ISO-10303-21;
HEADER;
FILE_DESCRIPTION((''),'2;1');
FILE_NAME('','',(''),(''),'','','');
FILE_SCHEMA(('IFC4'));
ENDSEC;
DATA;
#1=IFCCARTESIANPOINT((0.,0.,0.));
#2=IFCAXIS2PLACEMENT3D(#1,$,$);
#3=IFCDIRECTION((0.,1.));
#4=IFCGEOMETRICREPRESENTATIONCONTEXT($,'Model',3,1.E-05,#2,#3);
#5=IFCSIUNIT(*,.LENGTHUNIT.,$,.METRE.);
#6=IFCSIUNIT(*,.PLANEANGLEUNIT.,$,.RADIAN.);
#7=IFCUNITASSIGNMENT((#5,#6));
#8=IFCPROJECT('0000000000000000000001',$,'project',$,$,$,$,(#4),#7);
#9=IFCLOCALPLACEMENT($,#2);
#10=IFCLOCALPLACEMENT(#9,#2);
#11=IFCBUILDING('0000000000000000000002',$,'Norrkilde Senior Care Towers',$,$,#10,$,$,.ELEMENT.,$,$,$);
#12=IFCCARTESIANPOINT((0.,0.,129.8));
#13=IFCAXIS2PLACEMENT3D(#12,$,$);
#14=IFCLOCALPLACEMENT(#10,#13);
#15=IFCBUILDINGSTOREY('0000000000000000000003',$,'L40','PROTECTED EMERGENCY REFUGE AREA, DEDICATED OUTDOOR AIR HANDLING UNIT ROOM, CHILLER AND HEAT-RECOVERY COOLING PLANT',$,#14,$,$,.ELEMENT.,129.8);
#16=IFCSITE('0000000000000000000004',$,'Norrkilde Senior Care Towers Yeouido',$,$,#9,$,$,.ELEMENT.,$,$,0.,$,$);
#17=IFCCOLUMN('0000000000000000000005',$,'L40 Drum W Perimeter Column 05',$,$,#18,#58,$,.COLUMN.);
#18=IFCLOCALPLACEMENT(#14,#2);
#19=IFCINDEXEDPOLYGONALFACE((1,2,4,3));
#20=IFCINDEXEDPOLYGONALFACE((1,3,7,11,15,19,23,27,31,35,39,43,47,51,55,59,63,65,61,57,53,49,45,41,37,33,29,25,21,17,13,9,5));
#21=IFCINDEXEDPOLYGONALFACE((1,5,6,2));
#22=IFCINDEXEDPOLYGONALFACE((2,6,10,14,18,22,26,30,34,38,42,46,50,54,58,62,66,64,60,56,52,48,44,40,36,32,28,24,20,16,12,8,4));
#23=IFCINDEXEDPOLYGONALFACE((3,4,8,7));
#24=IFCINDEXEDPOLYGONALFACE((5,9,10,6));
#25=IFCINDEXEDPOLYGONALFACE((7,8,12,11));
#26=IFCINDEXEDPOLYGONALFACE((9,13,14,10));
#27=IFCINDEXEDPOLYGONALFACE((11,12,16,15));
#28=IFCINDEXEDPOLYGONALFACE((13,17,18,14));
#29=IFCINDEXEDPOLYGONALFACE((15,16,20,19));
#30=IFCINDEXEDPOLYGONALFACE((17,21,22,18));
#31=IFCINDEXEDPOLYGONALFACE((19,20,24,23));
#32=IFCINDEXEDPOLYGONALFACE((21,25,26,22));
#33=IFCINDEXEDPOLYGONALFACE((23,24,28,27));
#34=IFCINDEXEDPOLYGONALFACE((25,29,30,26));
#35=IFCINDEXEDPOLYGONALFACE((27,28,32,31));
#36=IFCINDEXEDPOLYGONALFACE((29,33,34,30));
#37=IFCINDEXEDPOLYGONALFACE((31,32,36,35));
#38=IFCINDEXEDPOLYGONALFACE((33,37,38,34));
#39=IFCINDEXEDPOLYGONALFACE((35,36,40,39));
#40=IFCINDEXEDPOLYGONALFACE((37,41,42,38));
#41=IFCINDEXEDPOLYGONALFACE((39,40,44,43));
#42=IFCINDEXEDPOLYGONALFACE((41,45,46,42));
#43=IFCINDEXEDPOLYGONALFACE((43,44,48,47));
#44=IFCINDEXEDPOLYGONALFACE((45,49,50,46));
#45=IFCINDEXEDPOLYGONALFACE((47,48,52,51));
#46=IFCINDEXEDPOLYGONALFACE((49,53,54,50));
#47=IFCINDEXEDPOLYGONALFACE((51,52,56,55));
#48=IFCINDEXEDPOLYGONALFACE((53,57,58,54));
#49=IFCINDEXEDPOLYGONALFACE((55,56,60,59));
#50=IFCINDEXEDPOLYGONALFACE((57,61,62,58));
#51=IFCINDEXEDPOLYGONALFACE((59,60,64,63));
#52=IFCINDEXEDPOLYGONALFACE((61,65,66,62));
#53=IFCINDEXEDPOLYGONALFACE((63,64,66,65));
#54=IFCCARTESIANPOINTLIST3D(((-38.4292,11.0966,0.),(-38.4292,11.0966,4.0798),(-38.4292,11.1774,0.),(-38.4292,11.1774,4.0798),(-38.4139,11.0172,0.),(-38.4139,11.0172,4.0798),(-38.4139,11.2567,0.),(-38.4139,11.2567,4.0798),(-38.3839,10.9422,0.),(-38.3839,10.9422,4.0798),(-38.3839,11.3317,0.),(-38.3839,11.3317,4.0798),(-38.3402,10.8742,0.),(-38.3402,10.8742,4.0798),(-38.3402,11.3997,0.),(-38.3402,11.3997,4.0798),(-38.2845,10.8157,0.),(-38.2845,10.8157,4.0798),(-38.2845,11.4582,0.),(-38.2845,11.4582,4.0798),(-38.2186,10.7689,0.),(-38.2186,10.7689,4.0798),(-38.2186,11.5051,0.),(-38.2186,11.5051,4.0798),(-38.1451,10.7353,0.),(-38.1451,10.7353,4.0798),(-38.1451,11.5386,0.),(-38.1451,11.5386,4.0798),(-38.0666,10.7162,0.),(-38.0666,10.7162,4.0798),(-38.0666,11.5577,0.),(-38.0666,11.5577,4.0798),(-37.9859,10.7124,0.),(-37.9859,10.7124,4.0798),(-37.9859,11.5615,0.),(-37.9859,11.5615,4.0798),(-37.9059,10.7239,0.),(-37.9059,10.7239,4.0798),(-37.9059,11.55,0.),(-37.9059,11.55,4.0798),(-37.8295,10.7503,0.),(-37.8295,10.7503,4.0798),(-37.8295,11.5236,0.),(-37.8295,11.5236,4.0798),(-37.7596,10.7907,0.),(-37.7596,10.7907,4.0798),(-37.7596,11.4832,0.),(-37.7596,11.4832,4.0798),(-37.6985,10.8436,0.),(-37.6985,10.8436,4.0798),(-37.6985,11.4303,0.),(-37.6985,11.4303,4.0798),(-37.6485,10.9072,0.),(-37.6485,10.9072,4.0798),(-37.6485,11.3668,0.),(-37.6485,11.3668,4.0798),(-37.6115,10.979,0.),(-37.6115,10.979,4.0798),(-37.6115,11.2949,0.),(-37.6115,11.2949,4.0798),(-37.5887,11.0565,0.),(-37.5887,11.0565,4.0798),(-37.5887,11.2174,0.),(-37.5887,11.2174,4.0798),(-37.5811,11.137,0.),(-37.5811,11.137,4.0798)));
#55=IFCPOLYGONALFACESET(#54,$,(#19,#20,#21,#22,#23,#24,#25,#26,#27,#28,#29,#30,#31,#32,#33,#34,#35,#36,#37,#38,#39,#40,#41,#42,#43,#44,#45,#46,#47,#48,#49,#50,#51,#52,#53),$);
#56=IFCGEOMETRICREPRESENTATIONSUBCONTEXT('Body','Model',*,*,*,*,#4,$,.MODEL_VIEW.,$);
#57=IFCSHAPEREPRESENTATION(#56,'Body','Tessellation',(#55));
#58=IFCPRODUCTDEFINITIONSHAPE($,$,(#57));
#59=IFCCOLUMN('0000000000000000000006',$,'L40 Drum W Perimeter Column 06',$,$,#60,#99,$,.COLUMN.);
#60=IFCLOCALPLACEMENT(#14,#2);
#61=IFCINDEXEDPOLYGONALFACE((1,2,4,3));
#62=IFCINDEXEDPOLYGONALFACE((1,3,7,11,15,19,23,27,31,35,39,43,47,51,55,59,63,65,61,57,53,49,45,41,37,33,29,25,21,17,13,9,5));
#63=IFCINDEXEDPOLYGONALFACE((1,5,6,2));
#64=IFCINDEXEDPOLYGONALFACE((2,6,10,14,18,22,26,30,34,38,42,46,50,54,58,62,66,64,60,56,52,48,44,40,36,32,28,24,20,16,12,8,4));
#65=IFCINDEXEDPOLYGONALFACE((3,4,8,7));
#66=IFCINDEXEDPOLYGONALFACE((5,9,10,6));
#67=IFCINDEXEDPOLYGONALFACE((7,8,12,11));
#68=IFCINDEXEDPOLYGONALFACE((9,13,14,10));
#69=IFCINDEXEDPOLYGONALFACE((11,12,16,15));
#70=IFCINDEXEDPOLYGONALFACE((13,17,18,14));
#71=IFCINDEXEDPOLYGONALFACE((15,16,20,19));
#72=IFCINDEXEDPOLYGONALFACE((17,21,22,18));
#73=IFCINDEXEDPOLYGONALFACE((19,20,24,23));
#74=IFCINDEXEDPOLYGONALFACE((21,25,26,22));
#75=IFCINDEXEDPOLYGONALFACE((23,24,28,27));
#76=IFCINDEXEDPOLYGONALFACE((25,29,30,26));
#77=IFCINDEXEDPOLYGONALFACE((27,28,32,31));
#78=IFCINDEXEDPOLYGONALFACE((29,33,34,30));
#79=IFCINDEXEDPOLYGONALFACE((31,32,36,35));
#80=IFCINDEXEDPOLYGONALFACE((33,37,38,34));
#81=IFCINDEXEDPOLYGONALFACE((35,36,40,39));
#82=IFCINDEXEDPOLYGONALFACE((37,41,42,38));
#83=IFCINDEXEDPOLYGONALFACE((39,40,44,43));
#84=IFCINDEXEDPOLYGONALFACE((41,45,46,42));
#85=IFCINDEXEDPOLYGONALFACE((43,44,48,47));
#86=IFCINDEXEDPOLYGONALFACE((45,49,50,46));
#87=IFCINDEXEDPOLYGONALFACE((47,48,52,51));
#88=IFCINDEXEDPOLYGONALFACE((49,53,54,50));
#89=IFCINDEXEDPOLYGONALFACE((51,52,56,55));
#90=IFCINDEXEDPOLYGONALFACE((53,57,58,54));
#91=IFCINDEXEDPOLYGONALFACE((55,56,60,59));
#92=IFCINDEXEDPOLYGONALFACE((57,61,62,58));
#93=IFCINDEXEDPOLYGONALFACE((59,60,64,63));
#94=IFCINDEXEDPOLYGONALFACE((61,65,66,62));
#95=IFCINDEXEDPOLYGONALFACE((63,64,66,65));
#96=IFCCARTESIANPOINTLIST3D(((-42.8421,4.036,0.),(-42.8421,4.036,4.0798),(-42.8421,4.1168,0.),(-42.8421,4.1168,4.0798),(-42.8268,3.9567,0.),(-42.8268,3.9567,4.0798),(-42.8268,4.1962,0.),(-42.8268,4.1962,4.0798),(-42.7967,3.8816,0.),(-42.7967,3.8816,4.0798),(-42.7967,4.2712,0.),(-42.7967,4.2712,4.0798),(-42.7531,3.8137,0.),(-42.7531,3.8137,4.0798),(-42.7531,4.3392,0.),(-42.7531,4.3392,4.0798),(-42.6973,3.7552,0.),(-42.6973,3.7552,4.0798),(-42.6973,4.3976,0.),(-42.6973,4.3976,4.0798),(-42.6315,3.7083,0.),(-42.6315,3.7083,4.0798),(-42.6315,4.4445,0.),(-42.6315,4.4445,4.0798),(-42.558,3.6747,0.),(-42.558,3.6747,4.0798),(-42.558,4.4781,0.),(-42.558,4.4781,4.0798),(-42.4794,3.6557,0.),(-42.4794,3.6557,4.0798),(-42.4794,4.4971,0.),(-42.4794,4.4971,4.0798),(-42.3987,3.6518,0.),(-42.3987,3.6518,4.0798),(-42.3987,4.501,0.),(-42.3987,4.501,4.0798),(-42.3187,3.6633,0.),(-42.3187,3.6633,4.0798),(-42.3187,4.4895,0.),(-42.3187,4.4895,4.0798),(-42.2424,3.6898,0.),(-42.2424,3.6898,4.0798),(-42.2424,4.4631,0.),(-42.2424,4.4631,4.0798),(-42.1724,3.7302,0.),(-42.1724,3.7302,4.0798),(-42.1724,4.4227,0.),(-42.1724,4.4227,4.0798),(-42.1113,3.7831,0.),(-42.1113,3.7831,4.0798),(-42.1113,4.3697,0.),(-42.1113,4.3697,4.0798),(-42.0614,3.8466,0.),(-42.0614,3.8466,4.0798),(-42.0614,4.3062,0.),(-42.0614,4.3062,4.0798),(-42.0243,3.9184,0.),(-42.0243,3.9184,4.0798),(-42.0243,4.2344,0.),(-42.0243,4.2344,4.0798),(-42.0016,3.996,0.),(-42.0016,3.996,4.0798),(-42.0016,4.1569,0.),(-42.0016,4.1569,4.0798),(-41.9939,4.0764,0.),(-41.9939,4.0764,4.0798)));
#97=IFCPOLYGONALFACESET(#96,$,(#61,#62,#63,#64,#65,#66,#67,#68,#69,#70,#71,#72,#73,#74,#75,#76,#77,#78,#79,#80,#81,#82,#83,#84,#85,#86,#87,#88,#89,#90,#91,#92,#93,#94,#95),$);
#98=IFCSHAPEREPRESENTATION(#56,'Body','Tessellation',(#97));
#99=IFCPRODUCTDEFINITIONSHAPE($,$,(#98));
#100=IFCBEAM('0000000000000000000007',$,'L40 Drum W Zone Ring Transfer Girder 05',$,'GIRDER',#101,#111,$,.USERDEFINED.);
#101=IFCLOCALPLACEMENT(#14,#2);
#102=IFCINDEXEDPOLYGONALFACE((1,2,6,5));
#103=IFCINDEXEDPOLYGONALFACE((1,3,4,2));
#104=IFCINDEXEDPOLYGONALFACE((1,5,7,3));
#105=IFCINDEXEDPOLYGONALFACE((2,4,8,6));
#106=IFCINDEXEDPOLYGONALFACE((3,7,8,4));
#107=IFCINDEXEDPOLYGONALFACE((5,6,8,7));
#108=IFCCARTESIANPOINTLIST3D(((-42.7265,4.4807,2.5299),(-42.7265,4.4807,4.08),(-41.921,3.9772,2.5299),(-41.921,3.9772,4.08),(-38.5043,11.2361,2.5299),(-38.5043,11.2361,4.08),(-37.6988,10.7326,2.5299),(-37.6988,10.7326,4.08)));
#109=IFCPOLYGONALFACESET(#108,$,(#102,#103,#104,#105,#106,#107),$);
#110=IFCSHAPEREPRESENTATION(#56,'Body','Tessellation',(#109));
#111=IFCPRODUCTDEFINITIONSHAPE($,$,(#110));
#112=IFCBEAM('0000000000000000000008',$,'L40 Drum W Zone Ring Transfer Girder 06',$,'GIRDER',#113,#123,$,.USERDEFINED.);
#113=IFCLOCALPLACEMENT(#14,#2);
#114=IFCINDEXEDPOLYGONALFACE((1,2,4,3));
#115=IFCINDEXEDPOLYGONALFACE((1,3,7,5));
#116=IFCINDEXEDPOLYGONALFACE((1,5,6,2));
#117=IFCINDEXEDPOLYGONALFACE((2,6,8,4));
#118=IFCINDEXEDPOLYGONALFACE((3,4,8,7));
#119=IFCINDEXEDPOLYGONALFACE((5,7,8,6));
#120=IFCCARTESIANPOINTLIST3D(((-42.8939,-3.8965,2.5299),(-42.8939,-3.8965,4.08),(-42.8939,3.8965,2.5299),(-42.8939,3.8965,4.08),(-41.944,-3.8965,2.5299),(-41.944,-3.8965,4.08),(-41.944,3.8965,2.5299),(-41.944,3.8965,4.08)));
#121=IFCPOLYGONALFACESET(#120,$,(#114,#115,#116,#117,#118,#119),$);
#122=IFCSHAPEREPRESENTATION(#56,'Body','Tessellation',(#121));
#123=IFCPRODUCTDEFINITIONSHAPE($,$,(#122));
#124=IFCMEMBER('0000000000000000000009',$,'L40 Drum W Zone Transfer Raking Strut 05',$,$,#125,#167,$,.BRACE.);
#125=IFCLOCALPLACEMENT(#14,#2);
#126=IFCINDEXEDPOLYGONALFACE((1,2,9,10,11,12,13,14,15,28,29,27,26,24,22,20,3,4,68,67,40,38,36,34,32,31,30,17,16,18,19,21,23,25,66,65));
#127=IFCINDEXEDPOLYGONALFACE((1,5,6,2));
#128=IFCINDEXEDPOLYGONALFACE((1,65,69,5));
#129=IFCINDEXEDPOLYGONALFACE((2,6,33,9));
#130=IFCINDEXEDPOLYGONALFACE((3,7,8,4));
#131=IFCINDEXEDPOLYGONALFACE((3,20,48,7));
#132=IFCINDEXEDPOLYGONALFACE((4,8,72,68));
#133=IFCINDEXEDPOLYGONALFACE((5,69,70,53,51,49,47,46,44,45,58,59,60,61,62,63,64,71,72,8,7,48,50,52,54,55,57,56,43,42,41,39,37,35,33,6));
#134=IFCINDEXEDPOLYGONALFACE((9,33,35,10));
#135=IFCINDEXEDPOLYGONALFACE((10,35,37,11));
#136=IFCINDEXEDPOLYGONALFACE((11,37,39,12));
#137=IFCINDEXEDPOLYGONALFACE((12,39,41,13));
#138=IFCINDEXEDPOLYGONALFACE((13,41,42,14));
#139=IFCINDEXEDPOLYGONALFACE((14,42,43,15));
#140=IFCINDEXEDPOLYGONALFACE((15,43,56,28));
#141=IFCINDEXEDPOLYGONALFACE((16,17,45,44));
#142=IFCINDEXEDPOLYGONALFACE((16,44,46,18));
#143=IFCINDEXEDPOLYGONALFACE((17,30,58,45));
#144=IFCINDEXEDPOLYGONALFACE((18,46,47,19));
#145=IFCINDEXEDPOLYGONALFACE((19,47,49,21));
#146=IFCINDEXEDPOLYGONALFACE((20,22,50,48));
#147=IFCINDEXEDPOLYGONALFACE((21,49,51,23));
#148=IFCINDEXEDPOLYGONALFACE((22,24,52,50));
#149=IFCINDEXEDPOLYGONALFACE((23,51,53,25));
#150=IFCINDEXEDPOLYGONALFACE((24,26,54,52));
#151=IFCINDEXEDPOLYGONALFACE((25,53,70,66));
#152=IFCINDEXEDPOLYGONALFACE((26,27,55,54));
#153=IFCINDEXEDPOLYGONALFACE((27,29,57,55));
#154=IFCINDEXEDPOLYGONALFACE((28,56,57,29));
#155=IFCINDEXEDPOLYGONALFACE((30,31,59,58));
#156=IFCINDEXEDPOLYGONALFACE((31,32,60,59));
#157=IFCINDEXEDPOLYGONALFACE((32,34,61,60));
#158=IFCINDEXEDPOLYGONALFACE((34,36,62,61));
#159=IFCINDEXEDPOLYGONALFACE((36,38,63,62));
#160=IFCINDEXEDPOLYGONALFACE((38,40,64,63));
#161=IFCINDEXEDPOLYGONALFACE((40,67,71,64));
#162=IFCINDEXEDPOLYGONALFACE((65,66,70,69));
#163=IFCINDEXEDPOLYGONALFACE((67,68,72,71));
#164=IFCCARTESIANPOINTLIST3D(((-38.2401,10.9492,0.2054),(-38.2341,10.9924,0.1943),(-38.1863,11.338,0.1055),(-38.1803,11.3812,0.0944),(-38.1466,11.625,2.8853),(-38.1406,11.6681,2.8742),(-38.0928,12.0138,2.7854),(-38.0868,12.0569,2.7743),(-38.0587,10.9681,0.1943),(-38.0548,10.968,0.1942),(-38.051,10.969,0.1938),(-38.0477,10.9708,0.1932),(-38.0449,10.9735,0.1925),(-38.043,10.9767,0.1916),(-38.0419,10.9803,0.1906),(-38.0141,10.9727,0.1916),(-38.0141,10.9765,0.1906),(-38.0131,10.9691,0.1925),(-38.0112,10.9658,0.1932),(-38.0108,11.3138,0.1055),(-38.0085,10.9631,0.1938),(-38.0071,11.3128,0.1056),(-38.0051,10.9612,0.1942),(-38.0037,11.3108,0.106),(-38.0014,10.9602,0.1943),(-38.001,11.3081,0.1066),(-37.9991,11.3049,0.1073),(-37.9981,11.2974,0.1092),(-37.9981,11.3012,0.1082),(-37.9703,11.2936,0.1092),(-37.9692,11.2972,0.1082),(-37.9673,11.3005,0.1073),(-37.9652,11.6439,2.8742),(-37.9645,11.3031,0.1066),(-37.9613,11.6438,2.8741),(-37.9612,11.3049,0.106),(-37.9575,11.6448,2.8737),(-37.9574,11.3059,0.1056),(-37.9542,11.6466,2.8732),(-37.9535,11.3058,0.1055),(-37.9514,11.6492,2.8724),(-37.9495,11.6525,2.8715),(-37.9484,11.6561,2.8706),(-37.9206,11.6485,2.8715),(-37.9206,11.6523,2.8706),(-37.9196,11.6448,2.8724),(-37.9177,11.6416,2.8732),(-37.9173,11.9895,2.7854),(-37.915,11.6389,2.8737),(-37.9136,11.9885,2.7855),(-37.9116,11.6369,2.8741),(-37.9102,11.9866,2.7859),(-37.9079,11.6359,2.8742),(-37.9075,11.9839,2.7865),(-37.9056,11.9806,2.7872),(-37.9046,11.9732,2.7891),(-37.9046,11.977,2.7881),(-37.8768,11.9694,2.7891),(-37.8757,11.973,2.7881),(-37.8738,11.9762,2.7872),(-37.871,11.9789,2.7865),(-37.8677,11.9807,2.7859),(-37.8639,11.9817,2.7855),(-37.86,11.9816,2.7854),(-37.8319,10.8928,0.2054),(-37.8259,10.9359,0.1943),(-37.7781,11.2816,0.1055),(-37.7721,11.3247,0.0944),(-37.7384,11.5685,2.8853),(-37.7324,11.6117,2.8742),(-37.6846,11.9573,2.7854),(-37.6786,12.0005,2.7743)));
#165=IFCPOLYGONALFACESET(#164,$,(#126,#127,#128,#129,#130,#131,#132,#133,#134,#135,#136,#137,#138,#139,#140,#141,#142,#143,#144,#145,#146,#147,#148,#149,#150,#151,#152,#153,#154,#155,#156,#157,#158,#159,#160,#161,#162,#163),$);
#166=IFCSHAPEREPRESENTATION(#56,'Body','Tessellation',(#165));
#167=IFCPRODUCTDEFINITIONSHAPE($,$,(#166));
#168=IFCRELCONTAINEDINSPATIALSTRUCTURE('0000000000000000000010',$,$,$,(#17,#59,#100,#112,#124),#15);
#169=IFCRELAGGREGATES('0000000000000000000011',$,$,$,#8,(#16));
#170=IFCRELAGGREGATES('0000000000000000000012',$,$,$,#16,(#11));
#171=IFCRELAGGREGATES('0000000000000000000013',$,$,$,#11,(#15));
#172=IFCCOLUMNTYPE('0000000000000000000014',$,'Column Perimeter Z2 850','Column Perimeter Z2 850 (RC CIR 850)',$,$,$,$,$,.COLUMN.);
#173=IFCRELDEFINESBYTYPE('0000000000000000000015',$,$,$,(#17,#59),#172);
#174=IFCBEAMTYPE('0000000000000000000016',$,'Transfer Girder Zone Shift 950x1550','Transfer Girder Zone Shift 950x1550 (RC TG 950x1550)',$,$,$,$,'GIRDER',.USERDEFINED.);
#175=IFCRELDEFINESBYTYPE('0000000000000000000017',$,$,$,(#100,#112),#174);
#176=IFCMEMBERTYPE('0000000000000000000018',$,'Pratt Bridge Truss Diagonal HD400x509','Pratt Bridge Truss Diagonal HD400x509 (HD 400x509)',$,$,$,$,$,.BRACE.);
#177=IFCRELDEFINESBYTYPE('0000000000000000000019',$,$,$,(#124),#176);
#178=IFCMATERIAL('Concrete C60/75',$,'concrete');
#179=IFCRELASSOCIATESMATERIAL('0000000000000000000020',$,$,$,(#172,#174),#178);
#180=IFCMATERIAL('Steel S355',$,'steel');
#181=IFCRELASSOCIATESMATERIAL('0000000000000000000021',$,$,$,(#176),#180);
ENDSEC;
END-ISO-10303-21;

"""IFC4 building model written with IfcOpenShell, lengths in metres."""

from ifc_helpers import new_model, si_unit, direction, frame, origin, origin_2d, place, context, subcontext, project, spatial, rectangle, circle, i_section, extrude, source, transform, mapped, material, material_profile, profile_set, type_object, type_shapes, element, save


model = new_model("IFC4")

# Units and contexts
model_context = context("Model", 3, precision=1e-05, world=origin(), true_north=direction((0.0, 1.0)))
body_context = subcontext(model_context, "Body", "Model", "MODEL_VIEW")
ifc_project = project(units=[si_unit("LENGTHUNIT", "METRE"), si_unit("PLANEANGLEUNIT", "RADIAN")], contexts=[model_context])

# Site, building, storey
site_placement = place(None, origin())
site = spatial("IfcSite", under=ifc_project, at=site_placement, Name="Norrkilde Senior Care Towers Yeouido", CompositionType="ELEMENT", RefElevation=0.0)
building_placement = place(site_placement, origin())
building = spatial("IfcBuilding", under=site, at=building_placement, Name="Norrkilde Senior Care Towers", CompositionType="ELEMENT")
storey_placement = place(building_placement, frame((0.0, 0.0, 129.8)))
storey = spatial("IfcBuildingStorey", under=building, at=storey_placement, Name="L40", Description="PROTECTED EMERGENCY REFUGE AREA, DEDICATED OUTDOOR AIR HANDLING UNIT ROOM, CHILLER AND HEAT-RECOVERY COOLING PLANT", CompositionType="ELEMENT", Elevation=129.8)

# Columns
ifc_material_1 = material(Name="Concrete C60/75", Category="concrete")
ifc_material_profile_1 = material_profile(ifc_material_1, circle(Radius=0.425, at=origin_2d()), Name="RC CIR 850")
ifc_profile_set_1 = profile_set([ifc_material_profile_1], Name="Concrete C60/75")
column_type = type_object("IfcColumnType", Name="Column Perimeter Z2 850", Description="Column Perimeter Z2 850 (RC CIR 850)", PredefinedType="COLUMN", material=ifc_profile_set_1)
shared_shape_1 = source(origin(), body_context, "Body", "SweptSolid", [
    extrude(circle(Radius=0.425, at=origin_2d()), origin(), (0.0, 0.0, 1.0), 4.0798),
])
type_shapes(column_type, [shared_shape_1])
for number, where, z_axis, x_axis, name in (
    (1, (-38.0061, 11.137, 0.0), (0.0, 0.0, 1.0), (1.0, 0.0, 0.0), "L40 Drum W Perimeter Column 05"),
    (2, (-42.4189, 4.0764, 0.0), (0.0, 0.0, 1.0), (1.0, 0.0, 0.0), "L40 Drum W Perimeter Column 06"),
):
    element("IfcColumn", number, at=place(storey_placement, frame(where, z_axis=z_axis, x_axis=x_axis)), inside=storey, type_object=column_type, Name=name, PredefinedType="COLUMN", context=body_context, shape_type="MappedRepresentation", body=[
        mapped(shared_shape_1, transform((0.0, 0.0, 0.0), x_axis=(1.0, 0.0, 0.0), y_axis=(0.0, 1.0, 0.0), z_axis=(0.0, 0.0, 1.0), scale=1.0)),
    ])

# Beams
ifc_material_profile_2 = material_profile(ifc_material_1, rectangle(XDim=0.95, YDim=1.55, at=origin_2d()), Name="RC TG 950x1550")
ifc_profile_set_2 = profile_set([ifc_material_profile_2], Name="Concrete C60/75")
beam_type = type_object("IfcBeamType", Name="Transfer Girder Zone Shift 950x1550", Description="Transfer Girder Zone Shift 950x1550 (RC TG 950x1550)", ElementType="GIRDER", PredefinedType="USERDEFINED", material=ifc_profile_set_2)
shared_shape_2 = source(origin(), body_context, "Body", "SweptSolid", [
    extrude(rectangle(XDim=0.95, YDim=1.55, at=origin_2d()), origin(), (0.0, 0.0, 1.0), 7.9663),
])
beam_1_placement = place(storey_placement, frame((-38.1016, 10.9844, 3.3049), z_axis=(-0.530004, -0.847995, 0.0), x_axis=(0.847995, -0.530004, 0.0)))
element("IfcBeam", 3, at=beam_1_placement, inside=storey, type_object=beam_type, Name="L40 Drum W Zone Ring Transfer Girder 05", ObjectType="GIRDER", PredefinedType="USERDEFINED", context=body_context, shape_type="MappedRepresentation", body=[
    mapped(shared_shape_2, transform((0.0, 0.0, 0.0), x_axis=(1.0, 0.0, 0.0), y_axis=(0.0, 1.0, 0.0), z_axis=(0.0, 0.0, 1.0), scale=1.0)),
])
shared_shape_3 = source(origin(), body_context, "Body", "SweptSolid", [
    extrude(rectangle(XDim=0.95, YDim=1.55, at=origin_2d()), origin(), (0.0, 0.0, 1.0), 7.793),
])
beam_2_placement = place(storey_placement, frame((-42.4189, 3.8965, 3.3049), z_axis=(0.0, -1.0, 0.0), x_axis=(1.0, 0.0, 0.0)))
element("IfcBeam", 4, at=beam_2_placement, inside=storey, type_object=beam_type, Name="L40 Drum W Zone Ring Transfer Girder 06", ObjectType="GIRDER", PredefinedType="USERDEFINED", context=body_context, shape_type="MappedRepresentation", body=[
    mapped(shared_shape_3, transform((0.0, 0.0, 0.0), x_axis=(1.0, 0.0, 0.0), y_axis=(0.0, 1.0, 0.0), z_axis=(0.0, 0.0, 1.0), scale=1.0)),
])

# Member
ifc_material_2 = material(Name="Steel S355", Category="steel")
ifc_material_profile_3 = material_profile(ifc_material_2, i_section(OverallWidth=0.4121, OverallDepth=0.45, WebThickness=0.0281, FlangeThickness=0.0449, FilletRadius=0.0149, at=origin_2d()), Name="HD 400x509")
ifc_profile_set_3 = profile_set([ifc_material_profile_3], Name="Steel S355")
member_type_1 = type_object("IfcMemberType", Name="Pratt Bridge Truss Diagonal HD400x509", Description="Pratt Bridge Truss Diagonal HD400x509 (HD 400x509)", PredefinedType="BRACE", material=ifc_profile_set_3)
shared_shape_4 = source(origin(), body_context, "Body", "SweptSolid", [
    extrude(i_section(OverallWidth=0.4121, OverallDepth=0.45, WebThickness=0.0281, FlangeThickness=0.0449, FilletRadius=0.0149, at=origin_2d()), origin(), (0.0, 0.0, 1.0), 2.7654),
])
member_1_placement = place(storey_placement, frame((-38.0061, 11.137, 0.1499), z_axis=(0.033813, 0.24437, 0.969092), x_axis=(-0.990563, 0.137061, 0.0)))
element("IfcMember", 5, at=member_1_placement, inside=storey, type_object=member_type_1, Name="L40 Drum W Zone Transfer Raking Strut 05", PredefinedType="BRACE", context=body_context, shape_type="MappedRepresentation", body=[
    mapped(shared_shape_4, transform((0.0, 0.0, 0.0), x_axis=(1.0, 0.0, 0.0), y_axis=(0.0, 1.0, 0.0), z_axis=(0.0, 0.0, 1.0), scale=1.0)),
])

save(model, "model.ifc")
